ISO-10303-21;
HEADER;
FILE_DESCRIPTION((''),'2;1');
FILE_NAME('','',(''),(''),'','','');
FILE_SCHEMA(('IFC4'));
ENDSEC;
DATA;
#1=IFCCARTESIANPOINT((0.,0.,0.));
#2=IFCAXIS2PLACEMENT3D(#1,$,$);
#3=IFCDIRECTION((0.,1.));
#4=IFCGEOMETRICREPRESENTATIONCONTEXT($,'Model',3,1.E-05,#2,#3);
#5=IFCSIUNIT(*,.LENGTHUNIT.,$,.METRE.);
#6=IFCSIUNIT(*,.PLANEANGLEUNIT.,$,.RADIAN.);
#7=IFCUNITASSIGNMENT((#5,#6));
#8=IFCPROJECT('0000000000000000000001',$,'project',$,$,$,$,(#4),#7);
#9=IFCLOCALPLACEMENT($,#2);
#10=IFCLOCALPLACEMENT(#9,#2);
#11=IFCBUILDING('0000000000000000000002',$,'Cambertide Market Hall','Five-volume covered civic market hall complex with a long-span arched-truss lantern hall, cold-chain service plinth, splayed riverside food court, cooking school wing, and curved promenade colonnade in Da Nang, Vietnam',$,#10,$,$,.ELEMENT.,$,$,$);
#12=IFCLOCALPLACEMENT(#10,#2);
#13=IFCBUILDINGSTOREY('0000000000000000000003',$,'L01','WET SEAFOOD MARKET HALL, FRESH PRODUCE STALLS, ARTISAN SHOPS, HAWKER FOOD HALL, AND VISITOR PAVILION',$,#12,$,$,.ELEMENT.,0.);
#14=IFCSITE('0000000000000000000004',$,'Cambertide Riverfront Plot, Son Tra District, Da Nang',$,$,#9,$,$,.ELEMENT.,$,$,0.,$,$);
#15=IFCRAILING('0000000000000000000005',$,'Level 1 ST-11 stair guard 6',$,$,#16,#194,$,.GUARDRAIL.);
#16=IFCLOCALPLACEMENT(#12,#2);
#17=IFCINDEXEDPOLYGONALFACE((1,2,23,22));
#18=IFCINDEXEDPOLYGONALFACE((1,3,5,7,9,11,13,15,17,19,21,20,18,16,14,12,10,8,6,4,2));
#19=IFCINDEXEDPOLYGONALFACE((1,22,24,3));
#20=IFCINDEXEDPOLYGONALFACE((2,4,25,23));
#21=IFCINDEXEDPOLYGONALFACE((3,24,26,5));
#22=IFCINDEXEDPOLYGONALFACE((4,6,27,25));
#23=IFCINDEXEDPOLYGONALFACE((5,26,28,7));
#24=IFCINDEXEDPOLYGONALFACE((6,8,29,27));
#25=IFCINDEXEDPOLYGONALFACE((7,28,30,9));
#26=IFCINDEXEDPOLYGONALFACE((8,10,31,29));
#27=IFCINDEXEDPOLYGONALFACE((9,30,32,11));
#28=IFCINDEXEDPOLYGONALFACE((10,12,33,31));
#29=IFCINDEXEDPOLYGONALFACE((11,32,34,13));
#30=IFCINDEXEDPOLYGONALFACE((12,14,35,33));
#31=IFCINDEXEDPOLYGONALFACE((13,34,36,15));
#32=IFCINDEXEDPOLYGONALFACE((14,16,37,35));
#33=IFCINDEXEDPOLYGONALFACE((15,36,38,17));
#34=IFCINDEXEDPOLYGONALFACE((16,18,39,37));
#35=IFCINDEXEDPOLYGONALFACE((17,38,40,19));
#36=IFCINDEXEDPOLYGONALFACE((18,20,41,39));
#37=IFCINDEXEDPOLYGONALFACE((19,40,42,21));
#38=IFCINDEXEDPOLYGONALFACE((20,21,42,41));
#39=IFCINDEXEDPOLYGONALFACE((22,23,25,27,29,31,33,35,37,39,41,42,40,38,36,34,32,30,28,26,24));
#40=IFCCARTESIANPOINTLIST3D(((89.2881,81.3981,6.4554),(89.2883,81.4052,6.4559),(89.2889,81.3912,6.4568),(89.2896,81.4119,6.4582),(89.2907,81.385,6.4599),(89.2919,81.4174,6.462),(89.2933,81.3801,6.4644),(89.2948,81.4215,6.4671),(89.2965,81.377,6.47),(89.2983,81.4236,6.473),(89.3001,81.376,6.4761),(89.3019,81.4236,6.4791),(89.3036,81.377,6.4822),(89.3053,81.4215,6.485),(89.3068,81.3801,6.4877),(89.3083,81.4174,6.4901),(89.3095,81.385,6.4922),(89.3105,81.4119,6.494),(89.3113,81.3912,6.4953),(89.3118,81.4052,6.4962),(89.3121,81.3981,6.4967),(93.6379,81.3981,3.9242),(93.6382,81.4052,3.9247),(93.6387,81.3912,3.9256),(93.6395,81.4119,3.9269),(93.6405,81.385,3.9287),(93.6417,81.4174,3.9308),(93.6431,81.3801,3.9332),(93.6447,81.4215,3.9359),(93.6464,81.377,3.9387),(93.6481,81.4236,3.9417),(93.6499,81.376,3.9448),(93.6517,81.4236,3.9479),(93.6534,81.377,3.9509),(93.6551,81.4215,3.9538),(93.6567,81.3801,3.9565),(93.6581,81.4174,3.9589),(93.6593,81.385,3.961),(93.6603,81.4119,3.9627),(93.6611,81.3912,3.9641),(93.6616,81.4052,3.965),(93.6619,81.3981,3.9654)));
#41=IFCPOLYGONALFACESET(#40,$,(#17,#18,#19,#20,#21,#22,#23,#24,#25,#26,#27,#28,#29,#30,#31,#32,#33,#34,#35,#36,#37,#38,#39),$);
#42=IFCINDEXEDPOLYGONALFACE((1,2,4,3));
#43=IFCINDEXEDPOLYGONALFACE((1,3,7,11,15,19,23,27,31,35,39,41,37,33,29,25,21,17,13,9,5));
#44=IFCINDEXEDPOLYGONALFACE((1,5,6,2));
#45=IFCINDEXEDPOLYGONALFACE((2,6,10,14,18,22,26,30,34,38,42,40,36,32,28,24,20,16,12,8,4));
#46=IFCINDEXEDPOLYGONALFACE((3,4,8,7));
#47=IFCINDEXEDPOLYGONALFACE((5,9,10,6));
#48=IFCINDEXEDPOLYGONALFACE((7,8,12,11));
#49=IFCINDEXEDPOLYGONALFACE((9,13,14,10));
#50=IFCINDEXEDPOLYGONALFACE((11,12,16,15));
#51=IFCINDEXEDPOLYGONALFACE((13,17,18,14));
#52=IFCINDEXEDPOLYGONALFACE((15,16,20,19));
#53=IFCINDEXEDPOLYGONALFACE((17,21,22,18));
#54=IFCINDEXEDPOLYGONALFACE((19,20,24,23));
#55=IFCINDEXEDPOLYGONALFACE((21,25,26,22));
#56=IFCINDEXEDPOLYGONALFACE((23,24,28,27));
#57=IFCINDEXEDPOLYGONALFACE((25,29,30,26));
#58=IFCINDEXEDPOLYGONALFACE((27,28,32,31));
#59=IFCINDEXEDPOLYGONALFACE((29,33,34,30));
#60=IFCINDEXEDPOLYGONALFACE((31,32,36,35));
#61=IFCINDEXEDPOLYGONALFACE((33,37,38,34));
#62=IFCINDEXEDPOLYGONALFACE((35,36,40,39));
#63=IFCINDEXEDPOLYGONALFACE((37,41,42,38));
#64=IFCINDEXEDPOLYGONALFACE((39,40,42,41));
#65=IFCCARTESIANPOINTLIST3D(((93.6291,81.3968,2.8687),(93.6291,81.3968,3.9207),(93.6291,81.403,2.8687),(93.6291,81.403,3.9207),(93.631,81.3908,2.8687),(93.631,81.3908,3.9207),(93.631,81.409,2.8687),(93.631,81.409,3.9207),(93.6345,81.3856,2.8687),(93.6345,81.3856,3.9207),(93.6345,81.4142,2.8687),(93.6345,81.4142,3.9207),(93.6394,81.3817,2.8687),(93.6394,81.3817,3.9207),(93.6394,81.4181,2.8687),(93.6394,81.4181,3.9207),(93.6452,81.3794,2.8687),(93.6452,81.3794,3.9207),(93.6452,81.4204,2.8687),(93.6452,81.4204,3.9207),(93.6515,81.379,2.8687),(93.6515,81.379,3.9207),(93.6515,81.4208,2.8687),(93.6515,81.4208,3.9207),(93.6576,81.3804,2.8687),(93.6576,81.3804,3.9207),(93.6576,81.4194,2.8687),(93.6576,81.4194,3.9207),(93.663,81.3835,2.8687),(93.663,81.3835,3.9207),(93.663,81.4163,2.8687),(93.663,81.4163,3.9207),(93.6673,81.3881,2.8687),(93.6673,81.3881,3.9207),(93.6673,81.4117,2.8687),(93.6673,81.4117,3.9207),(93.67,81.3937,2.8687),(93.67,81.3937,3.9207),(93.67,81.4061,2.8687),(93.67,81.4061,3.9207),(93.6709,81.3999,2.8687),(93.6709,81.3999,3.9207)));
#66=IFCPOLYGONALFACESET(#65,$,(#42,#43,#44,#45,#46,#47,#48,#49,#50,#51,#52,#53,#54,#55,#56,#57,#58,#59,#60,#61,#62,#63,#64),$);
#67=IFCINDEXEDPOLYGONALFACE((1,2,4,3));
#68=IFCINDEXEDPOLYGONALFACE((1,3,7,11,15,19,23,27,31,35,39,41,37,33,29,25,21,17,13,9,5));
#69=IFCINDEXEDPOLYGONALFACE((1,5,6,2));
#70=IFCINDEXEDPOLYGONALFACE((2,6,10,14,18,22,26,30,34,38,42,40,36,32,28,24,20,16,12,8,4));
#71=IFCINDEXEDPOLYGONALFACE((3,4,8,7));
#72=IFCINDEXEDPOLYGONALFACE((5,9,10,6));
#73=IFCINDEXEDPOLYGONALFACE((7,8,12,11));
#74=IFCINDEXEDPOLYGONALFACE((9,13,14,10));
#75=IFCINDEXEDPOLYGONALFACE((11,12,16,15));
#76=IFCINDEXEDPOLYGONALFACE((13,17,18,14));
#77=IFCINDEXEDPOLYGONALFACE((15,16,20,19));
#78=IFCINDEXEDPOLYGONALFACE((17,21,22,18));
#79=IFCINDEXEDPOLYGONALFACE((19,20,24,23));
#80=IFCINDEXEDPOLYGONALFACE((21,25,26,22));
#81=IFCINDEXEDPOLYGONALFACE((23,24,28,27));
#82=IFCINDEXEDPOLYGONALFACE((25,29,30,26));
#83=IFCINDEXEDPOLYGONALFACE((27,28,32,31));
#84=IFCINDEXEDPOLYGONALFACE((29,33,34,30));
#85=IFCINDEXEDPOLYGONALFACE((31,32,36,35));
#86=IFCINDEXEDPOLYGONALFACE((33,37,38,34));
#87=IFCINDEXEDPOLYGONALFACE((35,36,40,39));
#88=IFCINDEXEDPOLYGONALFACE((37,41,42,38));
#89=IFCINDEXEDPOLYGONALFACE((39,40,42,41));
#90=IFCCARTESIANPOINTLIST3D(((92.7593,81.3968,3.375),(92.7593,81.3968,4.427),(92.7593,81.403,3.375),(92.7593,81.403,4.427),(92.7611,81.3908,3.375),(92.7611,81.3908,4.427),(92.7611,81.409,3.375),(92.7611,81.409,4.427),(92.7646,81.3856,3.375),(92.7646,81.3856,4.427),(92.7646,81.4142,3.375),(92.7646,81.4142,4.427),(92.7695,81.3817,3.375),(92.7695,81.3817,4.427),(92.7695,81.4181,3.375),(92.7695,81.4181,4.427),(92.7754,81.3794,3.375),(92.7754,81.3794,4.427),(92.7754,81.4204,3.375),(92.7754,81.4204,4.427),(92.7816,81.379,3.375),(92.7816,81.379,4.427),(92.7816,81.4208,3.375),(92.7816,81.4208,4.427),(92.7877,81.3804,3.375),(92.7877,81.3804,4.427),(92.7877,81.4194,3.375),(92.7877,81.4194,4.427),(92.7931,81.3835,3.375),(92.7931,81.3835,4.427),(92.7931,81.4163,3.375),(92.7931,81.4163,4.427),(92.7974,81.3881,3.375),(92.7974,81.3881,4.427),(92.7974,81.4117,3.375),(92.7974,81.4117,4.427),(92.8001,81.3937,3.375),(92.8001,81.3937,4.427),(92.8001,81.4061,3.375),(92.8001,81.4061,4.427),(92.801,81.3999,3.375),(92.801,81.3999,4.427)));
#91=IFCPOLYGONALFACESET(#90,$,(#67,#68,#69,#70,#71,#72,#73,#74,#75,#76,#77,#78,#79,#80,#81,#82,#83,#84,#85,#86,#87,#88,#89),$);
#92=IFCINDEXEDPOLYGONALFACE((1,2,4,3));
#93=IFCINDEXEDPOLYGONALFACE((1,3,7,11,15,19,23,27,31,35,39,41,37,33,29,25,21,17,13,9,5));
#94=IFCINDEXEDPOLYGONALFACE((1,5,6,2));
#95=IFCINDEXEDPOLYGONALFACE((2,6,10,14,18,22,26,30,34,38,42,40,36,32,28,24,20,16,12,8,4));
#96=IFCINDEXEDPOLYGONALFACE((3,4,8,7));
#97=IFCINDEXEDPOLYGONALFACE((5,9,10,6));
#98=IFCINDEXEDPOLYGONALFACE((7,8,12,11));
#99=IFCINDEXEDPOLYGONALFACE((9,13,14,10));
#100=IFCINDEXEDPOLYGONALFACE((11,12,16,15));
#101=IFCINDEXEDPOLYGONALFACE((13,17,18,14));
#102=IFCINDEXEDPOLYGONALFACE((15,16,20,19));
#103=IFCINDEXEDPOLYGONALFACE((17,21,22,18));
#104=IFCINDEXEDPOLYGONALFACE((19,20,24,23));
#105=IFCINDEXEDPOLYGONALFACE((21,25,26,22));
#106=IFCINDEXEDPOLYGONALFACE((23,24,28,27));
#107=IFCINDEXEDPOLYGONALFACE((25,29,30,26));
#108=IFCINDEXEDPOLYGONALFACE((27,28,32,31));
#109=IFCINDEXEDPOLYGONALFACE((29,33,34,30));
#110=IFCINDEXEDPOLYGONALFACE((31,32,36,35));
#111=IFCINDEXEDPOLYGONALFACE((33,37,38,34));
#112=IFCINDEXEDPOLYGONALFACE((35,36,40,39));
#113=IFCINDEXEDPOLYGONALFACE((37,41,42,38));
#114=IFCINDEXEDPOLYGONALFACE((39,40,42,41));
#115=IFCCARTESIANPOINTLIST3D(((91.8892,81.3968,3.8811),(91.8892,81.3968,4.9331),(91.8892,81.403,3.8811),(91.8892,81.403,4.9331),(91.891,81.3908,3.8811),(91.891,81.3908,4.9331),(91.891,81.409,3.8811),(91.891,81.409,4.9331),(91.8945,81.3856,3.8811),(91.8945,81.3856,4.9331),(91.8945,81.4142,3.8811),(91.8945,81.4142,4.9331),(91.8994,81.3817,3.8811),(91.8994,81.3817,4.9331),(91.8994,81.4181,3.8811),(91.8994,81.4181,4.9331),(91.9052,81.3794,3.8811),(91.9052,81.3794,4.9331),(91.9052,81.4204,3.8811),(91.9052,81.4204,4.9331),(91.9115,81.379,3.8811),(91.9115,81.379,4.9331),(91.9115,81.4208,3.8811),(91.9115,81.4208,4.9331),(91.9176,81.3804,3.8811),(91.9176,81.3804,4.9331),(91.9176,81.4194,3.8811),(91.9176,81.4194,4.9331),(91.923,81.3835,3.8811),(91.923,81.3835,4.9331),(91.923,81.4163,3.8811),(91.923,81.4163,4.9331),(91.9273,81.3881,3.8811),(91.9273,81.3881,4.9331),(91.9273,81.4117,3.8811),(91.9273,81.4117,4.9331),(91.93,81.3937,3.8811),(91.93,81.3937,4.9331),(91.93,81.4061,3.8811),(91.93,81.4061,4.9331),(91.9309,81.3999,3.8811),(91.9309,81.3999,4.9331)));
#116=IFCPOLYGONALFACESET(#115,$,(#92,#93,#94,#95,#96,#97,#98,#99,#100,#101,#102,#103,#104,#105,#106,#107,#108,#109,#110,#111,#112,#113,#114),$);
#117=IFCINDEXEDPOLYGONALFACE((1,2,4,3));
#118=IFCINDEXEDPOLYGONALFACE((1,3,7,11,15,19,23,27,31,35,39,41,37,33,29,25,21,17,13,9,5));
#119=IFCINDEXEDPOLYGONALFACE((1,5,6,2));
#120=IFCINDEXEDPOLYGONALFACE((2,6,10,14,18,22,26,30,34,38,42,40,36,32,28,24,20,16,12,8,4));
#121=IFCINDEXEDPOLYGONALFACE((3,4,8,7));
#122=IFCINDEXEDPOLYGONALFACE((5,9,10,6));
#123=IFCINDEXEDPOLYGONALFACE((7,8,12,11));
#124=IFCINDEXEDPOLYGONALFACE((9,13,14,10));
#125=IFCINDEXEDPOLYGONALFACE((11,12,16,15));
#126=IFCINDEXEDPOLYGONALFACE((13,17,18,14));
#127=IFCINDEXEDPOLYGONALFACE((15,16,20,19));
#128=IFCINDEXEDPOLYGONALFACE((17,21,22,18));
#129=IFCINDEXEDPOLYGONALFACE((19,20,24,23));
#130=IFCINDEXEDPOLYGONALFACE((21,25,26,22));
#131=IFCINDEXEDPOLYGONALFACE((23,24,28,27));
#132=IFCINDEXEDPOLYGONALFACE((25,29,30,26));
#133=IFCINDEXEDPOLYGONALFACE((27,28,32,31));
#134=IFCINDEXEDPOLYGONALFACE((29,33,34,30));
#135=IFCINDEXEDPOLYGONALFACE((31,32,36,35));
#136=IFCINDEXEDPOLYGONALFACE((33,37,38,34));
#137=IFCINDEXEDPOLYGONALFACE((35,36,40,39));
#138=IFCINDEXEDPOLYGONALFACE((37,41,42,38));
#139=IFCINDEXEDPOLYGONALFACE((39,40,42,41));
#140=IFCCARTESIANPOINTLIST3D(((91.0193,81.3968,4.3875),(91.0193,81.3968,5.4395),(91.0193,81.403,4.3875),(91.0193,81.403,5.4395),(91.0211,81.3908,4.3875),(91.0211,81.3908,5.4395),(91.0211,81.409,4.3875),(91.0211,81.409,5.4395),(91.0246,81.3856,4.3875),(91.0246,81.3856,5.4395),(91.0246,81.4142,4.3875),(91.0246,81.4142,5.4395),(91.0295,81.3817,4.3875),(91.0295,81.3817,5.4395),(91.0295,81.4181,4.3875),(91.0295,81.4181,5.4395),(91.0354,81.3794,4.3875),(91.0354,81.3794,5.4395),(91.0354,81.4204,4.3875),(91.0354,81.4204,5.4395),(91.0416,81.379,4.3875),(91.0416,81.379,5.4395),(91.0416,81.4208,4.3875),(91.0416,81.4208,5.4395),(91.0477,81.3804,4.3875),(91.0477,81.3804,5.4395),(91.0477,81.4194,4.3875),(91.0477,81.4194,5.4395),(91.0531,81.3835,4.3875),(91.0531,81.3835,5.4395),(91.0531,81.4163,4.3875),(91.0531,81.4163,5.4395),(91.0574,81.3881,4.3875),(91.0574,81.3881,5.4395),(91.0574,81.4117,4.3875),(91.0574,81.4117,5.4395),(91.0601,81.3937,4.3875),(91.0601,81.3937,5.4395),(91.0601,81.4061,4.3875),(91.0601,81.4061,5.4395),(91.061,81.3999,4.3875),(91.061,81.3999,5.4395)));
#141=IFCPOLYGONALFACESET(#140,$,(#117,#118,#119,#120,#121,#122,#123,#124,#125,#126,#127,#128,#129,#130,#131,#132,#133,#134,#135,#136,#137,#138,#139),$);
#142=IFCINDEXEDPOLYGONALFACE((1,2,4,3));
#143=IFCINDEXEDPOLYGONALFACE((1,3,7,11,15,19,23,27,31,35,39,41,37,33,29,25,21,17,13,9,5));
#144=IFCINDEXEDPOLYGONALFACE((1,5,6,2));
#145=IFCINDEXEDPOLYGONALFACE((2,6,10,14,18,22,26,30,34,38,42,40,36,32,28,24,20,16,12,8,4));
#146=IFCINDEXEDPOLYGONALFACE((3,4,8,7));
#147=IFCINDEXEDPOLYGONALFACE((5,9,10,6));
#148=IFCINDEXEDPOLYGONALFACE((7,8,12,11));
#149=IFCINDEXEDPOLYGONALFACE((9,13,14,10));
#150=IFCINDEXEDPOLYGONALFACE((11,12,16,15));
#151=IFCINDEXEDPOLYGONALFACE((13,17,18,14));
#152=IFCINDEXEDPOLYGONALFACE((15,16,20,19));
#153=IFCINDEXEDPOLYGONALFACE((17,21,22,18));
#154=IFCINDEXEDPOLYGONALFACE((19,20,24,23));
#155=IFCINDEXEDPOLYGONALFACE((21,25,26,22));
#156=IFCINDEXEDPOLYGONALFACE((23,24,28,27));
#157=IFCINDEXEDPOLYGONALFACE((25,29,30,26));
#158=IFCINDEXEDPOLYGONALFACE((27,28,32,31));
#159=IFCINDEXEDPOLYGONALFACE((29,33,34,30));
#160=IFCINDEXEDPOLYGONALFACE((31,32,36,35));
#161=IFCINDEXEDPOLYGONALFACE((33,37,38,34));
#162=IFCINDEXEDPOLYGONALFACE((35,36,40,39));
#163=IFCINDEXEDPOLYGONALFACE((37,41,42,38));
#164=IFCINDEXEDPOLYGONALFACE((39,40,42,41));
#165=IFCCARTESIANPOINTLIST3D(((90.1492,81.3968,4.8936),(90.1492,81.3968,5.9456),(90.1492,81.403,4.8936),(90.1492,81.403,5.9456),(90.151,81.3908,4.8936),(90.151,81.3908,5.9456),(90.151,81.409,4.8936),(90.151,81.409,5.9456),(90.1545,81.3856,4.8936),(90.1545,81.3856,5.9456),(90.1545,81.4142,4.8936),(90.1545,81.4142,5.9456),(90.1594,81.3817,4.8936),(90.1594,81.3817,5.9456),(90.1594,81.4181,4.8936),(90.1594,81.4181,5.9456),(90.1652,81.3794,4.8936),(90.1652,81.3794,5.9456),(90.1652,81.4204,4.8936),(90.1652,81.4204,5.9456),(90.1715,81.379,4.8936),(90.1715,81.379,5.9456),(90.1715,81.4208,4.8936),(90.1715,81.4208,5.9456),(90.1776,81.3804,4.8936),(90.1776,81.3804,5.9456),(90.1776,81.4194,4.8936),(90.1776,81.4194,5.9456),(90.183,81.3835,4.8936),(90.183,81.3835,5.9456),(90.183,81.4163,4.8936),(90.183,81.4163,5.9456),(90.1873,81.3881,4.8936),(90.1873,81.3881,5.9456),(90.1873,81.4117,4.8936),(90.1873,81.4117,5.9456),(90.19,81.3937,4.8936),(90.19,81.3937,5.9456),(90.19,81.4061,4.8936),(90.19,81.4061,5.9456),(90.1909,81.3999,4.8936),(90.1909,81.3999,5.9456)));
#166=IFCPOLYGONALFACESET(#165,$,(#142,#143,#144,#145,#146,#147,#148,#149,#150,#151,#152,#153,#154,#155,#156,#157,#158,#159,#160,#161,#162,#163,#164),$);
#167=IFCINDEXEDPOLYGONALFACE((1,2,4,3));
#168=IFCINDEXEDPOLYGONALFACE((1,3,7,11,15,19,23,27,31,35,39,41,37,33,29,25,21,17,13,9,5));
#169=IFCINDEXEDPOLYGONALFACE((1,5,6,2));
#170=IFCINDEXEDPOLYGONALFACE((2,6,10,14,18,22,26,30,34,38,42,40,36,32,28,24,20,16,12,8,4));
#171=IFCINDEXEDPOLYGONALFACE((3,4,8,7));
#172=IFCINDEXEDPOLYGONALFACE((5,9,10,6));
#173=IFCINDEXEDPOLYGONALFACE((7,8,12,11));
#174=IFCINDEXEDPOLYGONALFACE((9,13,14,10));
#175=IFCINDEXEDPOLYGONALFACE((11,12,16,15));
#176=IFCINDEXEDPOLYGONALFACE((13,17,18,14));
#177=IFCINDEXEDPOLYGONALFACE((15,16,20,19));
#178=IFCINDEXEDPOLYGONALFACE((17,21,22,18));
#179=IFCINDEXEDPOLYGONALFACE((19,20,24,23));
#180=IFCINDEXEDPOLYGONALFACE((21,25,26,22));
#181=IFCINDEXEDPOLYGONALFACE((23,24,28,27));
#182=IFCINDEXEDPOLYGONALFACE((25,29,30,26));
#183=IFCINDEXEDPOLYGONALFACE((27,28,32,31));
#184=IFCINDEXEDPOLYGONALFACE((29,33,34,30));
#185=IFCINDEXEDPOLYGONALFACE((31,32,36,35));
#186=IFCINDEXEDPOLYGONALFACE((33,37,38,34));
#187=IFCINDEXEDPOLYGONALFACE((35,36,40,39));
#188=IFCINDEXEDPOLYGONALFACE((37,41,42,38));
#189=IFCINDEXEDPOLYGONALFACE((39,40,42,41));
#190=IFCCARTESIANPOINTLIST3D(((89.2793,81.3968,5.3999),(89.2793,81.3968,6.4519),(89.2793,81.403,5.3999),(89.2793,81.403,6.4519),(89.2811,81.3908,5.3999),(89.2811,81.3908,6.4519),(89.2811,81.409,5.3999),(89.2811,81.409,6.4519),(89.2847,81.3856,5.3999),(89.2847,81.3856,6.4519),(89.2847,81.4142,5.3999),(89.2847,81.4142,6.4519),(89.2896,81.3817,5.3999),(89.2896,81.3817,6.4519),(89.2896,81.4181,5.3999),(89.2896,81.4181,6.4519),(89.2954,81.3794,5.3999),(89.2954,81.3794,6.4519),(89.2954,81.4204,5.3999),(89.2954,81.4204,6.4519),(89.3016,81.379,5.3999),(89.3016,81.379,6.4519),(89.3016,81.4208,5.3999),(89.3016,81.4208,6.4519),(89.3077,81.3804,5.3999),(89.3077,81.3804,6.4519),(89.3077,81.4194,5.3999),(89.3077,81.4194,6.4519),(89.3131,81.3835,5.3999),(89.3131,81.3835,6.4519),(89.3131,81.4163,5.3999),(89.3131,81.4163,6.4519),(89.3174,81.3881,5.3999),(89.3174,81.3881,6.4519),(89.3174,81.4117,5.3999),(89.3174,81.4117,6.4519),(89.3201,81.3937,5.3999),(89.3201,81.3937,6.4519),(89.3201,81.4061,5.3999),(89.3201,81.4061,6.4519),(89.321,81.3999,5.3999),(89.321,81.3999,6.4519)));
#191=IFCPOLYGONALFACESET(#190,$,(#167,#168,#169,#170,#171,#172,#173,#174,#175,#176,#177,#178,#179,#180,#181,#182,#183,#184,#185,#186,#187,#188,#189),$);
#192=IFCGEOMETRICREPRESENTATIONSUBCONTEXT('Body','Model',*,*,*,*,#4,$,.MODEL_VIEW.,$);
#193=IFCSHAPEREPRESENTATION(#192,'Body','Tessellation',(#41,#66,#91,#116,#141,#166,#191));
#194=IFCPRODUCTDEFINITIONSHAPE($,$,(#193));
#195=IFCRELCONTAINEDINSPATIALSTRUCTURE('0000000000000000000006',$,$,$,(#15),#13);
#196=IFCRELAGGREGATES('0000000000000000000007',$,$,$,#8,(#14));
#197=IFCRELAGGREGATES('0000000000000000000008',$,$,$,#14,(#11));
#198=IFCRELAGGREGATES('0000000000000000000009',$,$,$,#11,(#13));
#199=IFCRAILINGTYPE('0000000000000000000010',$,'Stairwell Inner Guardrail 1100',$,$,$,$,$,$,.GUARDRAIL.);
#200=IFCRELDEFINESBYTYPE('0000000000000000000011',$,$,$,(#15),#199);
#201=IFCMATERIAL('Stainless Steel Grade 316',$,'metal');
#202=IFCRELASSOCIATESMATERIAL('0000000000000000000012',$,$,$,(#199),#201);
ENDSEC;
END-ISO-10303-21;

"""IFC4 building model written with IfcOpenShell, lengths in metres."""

from ifc_helpers import new_model, si_unit, direction, frame, origin, origin_2d, place, context, subcontext, project, spatial, circle, extrude, material, type_object, element, save


model = new_model("IFC4")

# Units and contexts
model_context = context("Model", 3, precision=1e-05, world=origin(), true_north=direction((0.0, 1.0)))
body_context = subcontext(model_context, "Body", "Model", "MODEL_VIEW")
ifc_project = project(units=[si_unit("LENGTHUNIT", "METRE"), si_unit("PLANEANGLEUNIT", "RADIAN")], contexts=[model_context])

# Site, building, storey
site_placement = place(None, origin())
site = spatial("IfcSite", under=ifc_project, at=site_placement, Name="Cambertide Riverfront Plot, Son Tra District, Da Nang", CompositionType="ELEMENT", RefElevation=0.0)
building_placement = place(site_placement, origin())
building = spatial("IfcBuilding", under=site, at=building_placement, Name="Cambertide Market Hall", Description="Five-volume covered civic market hall complex with a long-span arched-truss lantern hall, cold-chain service plinth, splayed riverside food court, cooking school wing, and curved promenade colonnade in Da Nang, Vietnam", CompositionType="ELEMENT")
storey_placement = place(building_placement, origin())
storey = spatial("IfcBuildingStorey", under=building, at=storey_placement, Name="L01", Description="WET SEAFOOD MARKET HALL, FRESH PRODUCE STALLS, ARTISAN SHOPS, HAWKER FOOD HALL, AND VISITOR PAVILION", CompositionType="ELEMENT", Elevation=0.0)

# Railing
ifc_material_1 = material(Name="Stainless Steel Grade 316", Category="metal")
railing_type_1 = type_object("IfcRailingType", Name="Stairwell Inner Guardrail 1100", PredefinedType="GUARDRAIL", material=ifc_material_1)
railing_1_placement = place(storey_placement, frame((93.6499, 81.3999, 2.8687)))
element("IfcRailing", 1, at=railing_1_placement, inside=storey, type_object=railing_type_1, Name="Level 1 ST-11 stair guard 6", PredefinedType="GUARDRAIL", context=body_context, shape_type="SweptSolid", body=[
    extrude(circle(Radius=0.0239, at=origin_2d()), frame((0.0, 0.0, 1.0762), z_axis=(-0.864312, 0.0, 0.502957), x_axis=(0.0, -1.0, 0.0)), (0.0, 0.0, 1.0), 5.0327),
    extrude(circle(Radius=0.021, at=origin_2d()), origin(), (0.0, 0.0, 1.0), 1.052),
    extrude(circle(Radius=0.021, at=origin_2d()), frame((-0.8699, 0.0, 0.5063)), (0.0, 0.0, 1.0), 1.052),
    extrude(circle(Radius=0.021, at=origin_2d()), frame((-1.74, 0.0, 1.0125)), (0.0, 0.0, 1.0), 1.052),
    extrude(circle(Radius=0.021, at=origin_2d()), frame((-2.6099, 0.0, 1.5188)), (0.0, 0.0, 1.0), 1.052),
    extrude(circle(Radius=0.021, at=origin_2d()), frame((-3.48, 0.0, 2.0249)), (0.0, 0.0, 1.0), 1.052),
    extrude(circle(Radius=0.021, at=origin_2d()), frame((-4.3499, 0.0, 2.5312)), (0.0, 0.0, 1.0), 1.052),
])

save(model, "model.ifc")
